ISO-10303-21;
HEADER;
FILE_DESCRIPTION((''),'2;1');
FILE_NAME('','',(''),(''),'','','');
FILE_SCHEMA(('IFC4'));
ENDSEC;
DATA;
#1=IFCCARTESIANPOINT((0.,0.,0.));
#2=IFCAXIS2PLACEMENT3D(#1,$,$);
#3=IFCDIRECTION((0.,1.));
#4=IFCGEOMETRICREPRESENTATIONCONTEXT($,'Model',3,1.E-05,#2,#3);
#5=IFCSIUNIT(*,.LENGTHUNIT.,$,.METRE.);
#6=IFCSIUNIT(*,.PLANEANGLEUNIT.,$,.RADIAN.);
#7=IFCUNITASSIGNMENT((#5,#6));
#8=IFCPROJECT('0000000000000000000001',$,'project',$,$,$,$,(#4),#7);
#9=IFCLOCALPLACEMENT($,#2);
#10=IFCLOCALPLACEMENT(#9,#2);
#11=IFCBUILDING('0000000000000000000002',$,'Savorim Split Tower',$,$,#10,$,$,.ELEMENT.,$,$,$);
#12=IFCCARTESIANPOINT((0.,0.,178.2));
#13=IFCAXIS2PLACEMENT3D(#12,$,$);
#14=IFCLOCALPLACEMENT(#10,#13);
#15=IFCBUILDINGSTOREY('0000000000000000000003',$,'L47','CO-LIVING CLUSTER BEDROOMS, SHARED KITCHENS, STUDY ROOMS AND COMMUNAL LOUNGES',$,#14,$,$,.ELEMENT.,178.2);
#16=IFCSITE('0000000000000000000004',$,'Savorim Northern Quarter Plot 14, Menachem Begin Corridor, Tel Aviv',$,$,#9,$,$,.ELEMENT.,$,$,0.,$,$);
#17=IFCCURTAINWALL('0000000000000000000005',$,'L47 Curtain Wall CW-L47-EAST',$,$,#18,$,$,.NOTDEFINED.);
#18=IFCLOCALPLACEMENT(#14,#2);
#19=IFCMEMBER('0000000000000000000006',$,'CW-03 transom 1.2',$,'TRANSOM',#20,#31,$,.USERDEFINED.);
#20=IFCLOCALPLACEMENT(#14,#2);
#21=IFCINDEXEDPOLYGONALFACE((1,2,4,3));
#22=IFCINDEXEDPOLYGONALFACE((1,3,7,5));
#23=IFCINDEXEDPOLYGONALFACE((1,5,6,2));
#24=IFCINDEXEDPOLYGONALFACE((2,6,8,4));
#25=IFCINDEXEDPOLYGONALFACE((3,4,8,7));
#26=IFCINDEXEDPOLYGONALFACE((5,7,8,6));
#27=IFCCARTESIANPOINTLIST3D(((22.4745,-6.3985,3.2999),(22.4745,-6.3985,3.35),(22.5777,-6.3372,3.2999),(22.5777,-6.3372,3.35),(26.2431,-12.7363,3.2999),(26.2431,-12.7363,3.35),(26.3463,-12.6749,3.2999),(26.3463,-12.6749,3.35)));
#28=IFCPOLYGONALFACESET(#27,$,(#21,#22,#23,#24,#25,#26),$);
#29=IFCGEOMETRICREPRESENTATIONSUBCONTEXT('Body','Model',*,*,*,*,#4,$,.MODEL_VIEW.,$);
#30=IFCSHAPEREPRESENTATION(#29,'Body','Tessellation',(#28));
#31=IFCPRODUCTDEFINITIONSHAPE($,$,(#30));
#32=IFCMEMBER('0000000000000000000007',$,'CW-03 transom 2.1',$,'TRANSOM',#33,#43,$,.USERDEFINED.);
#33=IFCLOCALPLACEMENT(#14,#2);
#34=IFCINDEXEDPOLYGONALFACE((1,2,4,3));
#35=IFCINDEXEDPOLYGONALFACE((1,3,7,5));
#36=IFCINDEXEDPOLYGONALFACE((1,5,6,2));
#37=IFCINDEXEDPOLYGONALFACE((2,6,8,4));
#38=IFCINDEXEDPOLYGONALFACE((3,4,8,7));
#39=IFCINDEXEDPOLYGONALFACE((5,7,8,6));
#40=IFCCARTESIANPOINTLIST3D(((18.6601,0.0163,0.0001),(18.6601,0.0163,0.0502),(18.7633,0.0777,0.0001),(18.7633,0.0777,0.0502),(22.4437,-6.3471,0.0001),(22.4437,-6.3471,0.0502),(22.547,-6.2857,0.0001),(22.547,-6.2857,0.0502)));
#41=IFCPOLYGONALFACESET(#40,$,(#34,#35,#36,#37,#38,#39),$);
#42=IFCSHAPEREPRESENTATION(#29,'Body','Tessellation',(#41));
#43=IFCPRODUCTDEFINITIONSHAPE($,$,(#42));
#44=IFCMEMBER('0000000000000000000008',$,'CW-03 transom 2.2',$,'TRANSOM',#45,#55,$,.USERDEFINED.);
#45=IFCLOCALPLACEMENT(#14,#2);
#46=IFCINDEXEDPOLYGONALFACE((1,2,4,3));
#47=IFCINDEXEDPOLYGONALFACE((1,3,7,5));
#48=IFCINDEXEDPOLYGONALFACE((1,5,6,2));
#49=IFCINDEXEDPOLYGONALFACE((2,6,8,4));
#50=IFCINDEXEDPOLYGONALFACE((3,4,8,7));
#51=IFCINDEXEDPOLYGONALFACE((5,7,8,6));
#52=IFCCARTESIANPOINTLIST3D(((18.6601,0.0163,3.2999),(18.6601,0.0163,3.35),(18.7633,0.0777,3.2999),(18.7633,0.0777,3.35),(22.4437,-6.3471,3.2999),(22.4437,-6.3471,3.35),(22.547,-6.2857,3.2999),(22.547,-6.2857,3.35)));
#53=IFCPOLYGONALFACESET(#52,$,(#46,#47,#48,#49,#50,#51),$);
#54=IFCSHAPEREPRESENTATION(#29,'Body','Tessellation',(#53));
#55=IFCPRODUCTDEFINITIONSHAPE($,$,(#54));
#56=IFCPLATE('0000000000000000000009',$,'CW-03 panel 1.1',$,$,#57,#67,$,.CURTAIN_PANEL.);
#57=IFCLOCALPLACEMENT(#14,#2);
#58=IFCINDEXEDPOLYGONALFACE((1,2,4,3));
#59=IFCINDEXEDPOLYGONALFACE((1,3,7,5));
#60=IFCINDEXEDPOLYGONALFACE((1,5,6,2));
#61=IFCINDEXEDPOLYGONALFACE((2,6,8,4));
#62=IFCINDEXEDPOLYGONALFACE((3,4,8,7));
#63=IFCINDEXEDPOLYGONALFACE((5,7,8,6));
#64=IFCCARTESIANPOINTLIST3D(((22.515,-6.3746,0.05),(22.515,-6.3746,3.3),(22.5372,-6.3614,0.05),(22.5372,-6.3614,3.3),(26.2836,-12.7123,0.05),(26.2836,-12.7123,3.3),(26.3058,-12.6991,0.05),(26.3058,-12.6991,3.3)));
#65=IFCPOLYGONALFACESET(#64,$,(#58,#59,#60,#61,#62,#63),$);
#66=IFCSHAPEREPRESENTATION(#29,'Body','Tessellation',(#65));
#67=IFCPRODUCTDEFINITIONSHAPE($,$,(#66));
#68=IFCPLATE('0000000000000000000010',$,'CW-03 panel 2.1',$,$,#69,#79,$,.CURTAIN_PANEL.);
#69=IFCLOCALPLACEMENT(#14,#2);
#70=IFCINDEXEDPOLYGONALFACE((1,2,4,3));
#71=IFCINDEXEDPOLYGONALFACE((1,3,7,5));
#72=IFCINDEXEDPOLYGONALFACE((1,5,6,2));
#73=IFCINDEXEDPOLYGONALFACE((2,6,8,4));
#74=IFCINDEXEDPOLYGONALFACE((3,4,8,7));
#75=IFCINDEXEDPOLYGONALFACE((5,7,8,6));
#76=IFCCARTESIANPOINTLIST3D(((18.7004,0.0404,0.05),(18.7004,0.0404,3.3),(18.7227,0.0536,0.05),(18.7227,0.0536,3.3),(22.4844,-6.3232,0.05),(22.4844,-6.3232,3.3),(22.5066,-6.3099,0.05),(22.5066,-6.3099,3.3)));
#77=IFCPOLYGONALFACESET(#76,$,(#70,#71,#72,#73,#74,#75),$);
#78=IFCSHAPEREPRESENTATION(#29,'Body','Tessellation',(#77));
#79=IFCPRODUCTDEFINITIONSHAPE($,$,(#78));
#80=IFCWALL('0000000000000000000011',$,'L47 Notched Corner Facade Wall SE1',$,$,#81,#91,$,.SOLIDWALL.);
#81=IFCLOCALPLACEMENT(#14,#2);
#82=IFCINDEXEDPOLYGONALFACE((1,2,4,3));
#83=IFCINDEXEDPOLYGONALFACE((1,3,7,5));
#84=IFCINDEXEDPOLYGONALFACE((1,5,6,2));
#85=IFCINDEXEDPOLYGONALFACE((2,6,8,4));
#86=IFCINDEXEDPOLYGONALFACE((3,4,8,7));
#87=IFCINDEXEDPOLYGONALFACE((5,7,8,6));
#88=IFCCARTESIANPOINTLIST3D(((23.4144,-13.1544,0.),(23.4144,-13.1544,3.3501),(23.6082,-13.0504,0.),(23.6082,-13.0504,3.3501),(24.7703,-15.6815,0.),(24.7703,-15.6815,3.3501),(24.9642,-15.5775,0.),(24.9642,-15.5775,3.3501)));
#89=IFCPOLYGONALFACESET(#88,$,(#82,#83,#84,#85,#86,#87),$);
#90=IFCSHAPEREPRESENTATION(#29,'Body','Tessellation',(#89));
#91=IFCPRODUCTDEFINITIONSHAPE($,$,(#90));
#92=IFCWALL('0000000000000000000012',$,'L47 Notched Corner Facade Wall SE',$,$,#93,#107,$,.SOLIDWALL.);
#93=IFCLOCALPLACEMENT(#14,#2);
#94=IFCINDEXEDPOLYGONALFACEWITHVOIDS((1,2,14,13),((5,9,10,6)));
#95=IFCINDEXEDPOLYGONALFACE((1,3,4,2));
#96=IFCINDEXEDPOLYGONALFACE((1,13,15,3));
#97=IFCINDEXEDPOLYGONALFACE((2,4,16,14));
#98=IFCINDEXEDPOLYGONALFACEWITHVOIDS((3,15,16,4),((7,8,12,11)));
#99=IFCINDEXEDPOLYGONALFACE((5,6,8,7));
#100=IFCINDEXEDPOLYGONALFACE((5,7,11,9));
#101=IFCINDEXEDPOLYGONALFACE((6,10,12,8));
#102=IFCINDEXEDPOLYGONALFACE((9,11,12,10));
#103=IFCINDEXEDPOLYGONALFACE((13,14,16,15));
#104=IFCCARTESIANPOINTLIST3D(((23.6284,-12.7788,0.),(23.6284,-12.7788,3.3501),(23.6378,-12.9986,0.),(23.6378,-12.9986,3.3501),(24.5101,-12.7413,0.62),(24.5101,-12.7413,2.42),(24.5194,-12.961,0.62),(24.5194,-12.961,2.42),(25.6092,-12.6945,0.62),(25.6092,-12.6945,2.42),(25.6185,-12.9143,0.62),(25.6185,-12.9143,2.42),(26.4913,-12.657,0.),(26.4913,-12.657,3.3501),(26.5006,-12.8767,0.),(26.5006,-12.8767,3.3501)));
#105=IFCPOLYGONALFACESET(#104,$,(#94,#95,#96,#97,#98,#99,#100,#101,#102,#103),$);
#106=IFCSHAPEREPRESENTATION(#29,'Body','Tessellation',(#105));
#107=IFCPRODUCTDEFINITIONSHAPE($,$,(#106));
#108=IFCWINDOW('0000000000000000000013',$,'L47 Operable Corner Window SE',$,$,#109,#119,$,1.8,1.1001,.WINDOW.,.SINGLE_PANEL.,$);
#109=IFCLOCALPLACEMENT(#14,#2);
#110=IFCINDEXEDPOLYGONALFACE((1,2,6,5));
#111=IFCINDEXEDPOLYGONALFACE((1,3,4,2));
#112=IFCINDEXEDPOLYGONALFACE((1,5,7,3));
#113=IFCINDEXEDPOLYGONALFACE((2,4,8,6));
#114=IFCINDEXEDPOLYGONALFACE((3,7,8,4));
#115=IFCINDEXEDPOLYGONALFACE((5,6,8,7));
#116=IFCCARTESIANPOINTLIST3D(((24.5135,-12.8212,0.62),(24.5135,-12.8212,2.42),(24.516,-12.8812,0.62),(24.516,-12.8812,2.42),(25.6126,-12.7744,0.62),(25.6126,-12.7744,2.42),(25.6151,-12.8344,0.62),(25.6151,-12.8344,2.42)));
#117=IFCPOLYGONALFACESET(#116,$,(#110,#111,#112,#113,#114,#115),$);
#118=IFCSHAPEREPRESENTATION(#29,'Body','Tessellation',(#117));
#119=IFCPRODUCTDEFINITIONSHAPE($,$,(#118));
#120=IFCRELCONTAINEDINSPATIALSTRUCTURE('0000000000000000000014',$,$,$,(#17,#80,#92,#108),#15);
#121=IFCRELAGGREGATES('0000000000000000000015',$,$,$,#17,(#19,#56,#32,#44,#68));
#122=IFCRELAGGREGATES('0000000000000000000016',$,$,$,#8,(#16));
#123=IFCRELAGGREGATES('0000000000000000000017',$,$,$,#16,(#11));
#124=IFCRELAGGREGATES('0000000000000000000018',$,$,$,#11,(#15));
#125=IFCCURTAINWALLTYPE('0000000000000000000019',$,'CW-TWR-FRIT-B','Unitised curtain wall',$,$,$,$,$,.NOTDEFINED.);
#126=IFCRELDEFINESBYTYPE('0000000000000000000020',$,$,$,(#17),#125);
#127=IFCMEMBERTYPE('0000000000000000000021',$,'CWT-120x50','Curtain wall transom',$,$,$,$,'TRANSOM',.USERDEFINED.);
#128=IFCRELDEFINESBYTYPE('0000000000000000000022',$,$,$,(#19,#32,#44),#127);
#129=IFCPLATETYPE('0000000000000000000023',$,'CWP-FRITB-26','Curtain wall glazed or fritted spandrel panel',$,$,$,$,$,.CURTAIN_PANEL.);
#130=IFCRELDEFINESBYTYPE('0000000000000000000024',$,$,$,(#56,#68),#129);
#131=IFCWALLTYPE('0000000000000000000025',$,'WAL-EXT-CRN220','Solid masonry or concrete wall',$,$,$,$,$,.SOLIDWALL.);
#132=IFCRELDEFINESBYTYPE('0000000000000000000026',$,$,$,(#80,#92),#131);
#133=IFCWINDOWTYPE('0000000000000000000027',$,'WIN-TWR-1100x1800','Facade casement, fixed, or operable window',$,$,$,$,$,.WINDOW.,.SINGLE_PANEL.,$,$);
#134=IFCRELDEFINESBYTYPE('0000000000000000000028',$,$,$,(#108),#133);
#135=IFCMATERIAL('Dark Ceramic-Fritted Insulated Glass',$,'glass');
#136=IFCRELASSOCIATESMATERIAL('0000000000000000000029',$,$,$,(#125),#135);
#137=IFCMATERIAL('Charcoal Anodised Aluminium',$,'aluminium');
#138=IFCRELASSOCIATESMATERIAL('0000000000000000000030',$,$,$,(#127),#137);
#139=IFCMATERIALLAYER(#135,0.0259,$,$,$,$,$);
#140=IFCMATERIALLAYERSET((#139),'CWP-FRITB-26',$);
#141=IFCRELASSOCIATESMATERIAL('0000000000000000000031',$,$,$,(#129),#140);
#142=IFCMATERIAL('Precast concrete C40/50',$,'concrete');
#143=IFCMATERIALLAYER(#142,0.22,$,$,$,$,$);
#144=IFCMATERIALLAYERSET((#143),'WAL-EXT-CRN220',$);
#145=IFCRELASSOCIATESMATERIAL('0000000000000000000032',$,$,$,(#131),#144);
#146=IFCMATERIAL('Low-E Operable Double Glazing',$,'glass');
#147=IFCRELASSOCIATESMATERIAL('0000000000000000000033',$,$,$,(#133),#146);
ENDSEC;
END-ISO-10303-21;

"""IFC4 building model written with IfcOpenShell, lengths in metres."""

from ifc_helpers import new_model, si_unit, direction, frame, frame_2d, origin, origin_2d, place, context, subcontext, project, spatial, rectangle, extrude, material, layer, layer_set, material_profile, profile_set, type_object, element, fill, aggregate, save


model = new_model("IFC4")

# Units and contexts
model_context = context("Model", 3, precision=1e-05, world=origin(), true_north=direction((0.0, 1.0)))
body_context = subcontext(model_context, "Body", "Model", "MODEL_VIEW")
ifc_project = project(units=[si_unit("LENGTHUNIT", "METRE"), si_unit("PLANEANGLEUNIT", "RADIAN")], contexts=[model_context])

# Site, building, storey
site_placement = place(None, origin())
site = spatial("IfcSite", under=ifc_project, at=site_placement, Name="Savorim Northern Quarter Plot 14, Menachem Begin Corridor, Tel Aviv", CompositionType="ELEMENT", RefElevation=0.0)
building_placement = place(site_placement, origin())
building = spatial("IfcBuilding", under=site, at=building_placement, Name="Savorim Split Tower", CompositionType="ELEMENT")
storey_placement = place(building_placement, frame((0.0, 0.0, 178.2)))
storey = spatial("IfcBuildingStorey", under=building, at=storey_placement, Name="L47", Description="CO-LIVING CLUSTER BEDROOMS, SHARED KITCHENS, STUDY ROOMS AND COMMUNAL LOUNGES", CompositionType="ELEMENT", Elevation=178.2)

# Curtain wall, members, plates
ifc_material_1 = material(Name="Dark Ceramic-Fritted Insulated Glass", Category="glass")
curtain_wall_type = type_object("IfcCurtainWallType", Name="CW-TWR-FRIT-B", Description="Unitised curtain wall", PredefinedType="NOTDEFINED", material=ifc_material_1)
curtain_wall_placement = place(storey_placement, origin())
curtain_wall = element("IfcCurtainWall", 1, at=curtain_wall_placement, inside=storey, type_object=curtain_wall_type, Name="L47 Curtain Wall CW-L47-EAST", PredefinedType="NOTDEFINED")
ifc_material_2 = material(Name="Charcoal Anodised Aluminium", Category="aluminium")
ifc_material_profile_1 = material_profile(ifc_material_2, rectangle(XDim=0.1201, YDim=0.05, at=origin_2d()), Name="ALU-T 120x50")
ifc_profile_set_1 = profile_set([ifc_material_profile_1], Name="Charcoal Anodised Aluminium")
member_type_1 = type_object("IfcMemberType", Name="CWT-120x50", Description="Curtain wall transom", ElementType="TRANSOM", PredefinedType="USERDEFINED", material=ifc_profile_set_1)
member_1_placement = place(storey_placement, frame((26.2947, -12.7056, 3.325), z_axis=(-0.511098, 0.859523, 0.0), x_axis=(-0.859523, -0.511098, 0.0)))
member_1 = element("IfcMember", 2, at=member_1_placement, type_object=member_type_1, Name="CW-03 transom 1.2", ObjectType="TRANSOM", PredefinedType="USERDEFINED", context=body_context, shape_type="SweptSolid", body=[
    extrude(rectangle(XDim=0.1201, YDim=0.05, at=origin_2d()), origin(), (0.0, 0.0, 1.0), 7.3735),
])
member_2_placement = place(storey_placement, frame((22.4954, -6.3164, 0.0251), z_axis=(-0.511073, 0.859537, 0.0), x_axis=(-0.859537, -0.511073, 0.0)))
member_2 = element("IfcMember", 3, at=member_2_placement, type_object=member_type_1, Name="CW-03 transom 2.1", ObjectType="TRANSOM", PredefinedType="USERDEFINED", context=body_context, shape_type="SweptSolid", body=[
    extrude(rectangle(XDim=0.1201, YDim=0.05, at=origin_2d()), origin(), (0.0, 0.0, 1.0), 7.4033),
])
member_3_placement = place(storey_placement, frame((22.4954, -6.3164, 3.325), z_axis=(-0.511073, 0.859537, 0.0), x_axis=(-0.859537, -0.511073, 0.0)))
member_3 = element("IfcMember", 4, at=member_3_placement, type_object=member_type_1, Name="CW-03 transom 2.2", ObjectType="TRANSOM", PredefinedType="USERDEFINED", context=body_context, shape_type="SweptSolid", body=[
    extrude(rectangle(XDim=0.1201, YDim=0.05, at=origin_2d()), origin(), (0.0, 0.0, 1.0), 7.4033),
])
ifc_layer_1 = layer(ifc_material_1, 0.0259)
ifc_layer_set_1 = layer_set([ifc_layer_1], Name="CWP-FRITB-26")
plate_type = type_object("IfcPlateType", Name="CWP-FRITB-26", Description="Curtain wall glazed or fritted spandrel panel", PredefinedType="CURTAIN_PANEL", material=ifc_layer_set_1)
plate_1_placement = place(storey_placement, frame((24.4104, -9.5369, 0.05), z_axis=(0.0, 0.0, 1.0), x_axis=(-0.511094, 0.859525, 0.0)))
plate_1 = element("IfcPlate", 5, at=plate_1_placement, type_object=plate_type, Name="CW-03 panel 1.1", PredefinedType="CURTAIN_PANEL", context=body_context, shape_type="SweptSolid", body=[
    extrude(rectangle(XDim=7.3735, YDim=0.0259, at=origin_2d()), origin(), (0.0, 0.0, 1.0), 3.25),
])
plate_2_placement = place(storey_placement, frame((20.6035, -3.1348, 0.05), z_axis=(0.0, 0.0, 1.0), x_axis=(-0.511094, 0.859525, 0.0)))
plate_2 = element("IfcPlate", 6, at=plate_2_placement, type_object=plate_type, Name="CW-03 panel 2.1", PredefinedType="CURTAIN_PANEL", context=body_context, shape_type="SweptSolid", body=[
    extrude(rectangle(XDim=7.4036, YDim=0.0259, at=origin_2d()), origin(), (0.0, 0.0, 1.0), 3.25),
])
aggregate(curtain_wall, [member_1, plate_1, member_2, member_3, plate_2])

# Wall
ifc_material_3 = material(Name="Precast concrete C40/50", Category="concrete")
ifc_layer_2 = layer(ifc_material_3, 0.22)
ifc_layer_set_2 = layer_set([ifc_layer_2], Name="WAL-EXT-CRN220")
wall_type_1 = type_object("IfcWallType", Name="WAL-EXT-CRN220", Description="Solid masonry or concrete wall", PredefinedType="SOLIDWALL", material=ifc_layer_set_2)
wall_1_placement = place(storey_placement, frame((23.5112, -13.1023, 0.0), z_axis=(0.0, 0.0, 1.0), x_axis=(0.472805, -0.881167, 0.0)))
element("IfcWall", 7, at=wall_1_placement, inside=storey, type_object=wall_type_1, Name="L47 Notched Corner Facade Wall SE1", PredefinedType="SOLIDWALL", context=body_context, shape_type="SweptSolid", body=[
    extrude(rectangle(XDim=2.8679, YDim=0.22, at=frame_2d((1.4341, 0.0))), origin(), (0.0, 0.0, 1.0), 3.3501),
])

# Wall, opening, window
wall_2_placement = place(storey_placement, frame((26.4958, -12.7668, 0.0), z_axis=(0.0, 0.0, 1.0), x_axis=(-0.999096, -0.042517, 0.0)))
wall_2 = element("IfcWall", 8, at=wall_2_placement, inside=storey, type_object=wall_type_1, Name="L47 Notched Corner Facade Wall SE", PredefinedType="SOLIDWALL", context=body_context, shape_type="SweptSolid", body=[
    extrude(rectangle(XDim=2.8655, YDim=0.22, at=frame_2d((1.4326, 0.0))), origin(), (0.0, 0.0, 1.0), 3.3501),
])
opening_1_placement = place(wall_2_placement, frame((0.8828, 0.0, 0.6201)))
opening_1 = element("IfcOpeningElement", 9, at=opening_1_placement, cuts=wall_2, PredefinedType="OPENING", context=body_context, shape_type="SweptSolid", body=[
    extrude(rectangle(XDim=1.1001, YDim=1.8, at=frame_2d((0.55, 0.8999))), frame((0.0, 0.1199, 0.0), z_axis=(0.0, -1.0, 0.0), x_axis=(1.0, 0.0, 0.0)), (0.0, 0.0, 1.0), 0.24),
])
ifc_material_4 = material(Name="Low-E Operable Double Glazing", Category="glass")
window_type = type_object("IfcWindowType", Name="WIN-TWR-1100x1800", Description="Facade casement, fixed, or operable window", PartitioningType="SINGLE_PANEL", PredefinedType="WINDOW", material=ifc_material_4)
window_placement = place(opening_1_placement, origin())
window = element("IfcWindow", 10, at=window_placement, inside=storey, type_object=window_type, Name="L47 Operable Corner Window SE", OverallHeight=1.8, OverallWidth=1.1001, PartitioningType="SINGLE_PANEL", PredefinedType="WINDOW", context=body_context, shape_type="SweptSolid", body=[
    extrude(rectangle(XDim=1.1001, YDim=1.8, at=frame_2d((0.55, 0.8999))), frame((0.0, 0.03, 0.0), z_axis=(0.0, -1.0, 0.0), x_axis=(1.0, 0.0, 0.0)), (0.0, 0.0, 1.0), 0.0601),
])
fill(opening_1, window)

save(model, "model.ifc")
